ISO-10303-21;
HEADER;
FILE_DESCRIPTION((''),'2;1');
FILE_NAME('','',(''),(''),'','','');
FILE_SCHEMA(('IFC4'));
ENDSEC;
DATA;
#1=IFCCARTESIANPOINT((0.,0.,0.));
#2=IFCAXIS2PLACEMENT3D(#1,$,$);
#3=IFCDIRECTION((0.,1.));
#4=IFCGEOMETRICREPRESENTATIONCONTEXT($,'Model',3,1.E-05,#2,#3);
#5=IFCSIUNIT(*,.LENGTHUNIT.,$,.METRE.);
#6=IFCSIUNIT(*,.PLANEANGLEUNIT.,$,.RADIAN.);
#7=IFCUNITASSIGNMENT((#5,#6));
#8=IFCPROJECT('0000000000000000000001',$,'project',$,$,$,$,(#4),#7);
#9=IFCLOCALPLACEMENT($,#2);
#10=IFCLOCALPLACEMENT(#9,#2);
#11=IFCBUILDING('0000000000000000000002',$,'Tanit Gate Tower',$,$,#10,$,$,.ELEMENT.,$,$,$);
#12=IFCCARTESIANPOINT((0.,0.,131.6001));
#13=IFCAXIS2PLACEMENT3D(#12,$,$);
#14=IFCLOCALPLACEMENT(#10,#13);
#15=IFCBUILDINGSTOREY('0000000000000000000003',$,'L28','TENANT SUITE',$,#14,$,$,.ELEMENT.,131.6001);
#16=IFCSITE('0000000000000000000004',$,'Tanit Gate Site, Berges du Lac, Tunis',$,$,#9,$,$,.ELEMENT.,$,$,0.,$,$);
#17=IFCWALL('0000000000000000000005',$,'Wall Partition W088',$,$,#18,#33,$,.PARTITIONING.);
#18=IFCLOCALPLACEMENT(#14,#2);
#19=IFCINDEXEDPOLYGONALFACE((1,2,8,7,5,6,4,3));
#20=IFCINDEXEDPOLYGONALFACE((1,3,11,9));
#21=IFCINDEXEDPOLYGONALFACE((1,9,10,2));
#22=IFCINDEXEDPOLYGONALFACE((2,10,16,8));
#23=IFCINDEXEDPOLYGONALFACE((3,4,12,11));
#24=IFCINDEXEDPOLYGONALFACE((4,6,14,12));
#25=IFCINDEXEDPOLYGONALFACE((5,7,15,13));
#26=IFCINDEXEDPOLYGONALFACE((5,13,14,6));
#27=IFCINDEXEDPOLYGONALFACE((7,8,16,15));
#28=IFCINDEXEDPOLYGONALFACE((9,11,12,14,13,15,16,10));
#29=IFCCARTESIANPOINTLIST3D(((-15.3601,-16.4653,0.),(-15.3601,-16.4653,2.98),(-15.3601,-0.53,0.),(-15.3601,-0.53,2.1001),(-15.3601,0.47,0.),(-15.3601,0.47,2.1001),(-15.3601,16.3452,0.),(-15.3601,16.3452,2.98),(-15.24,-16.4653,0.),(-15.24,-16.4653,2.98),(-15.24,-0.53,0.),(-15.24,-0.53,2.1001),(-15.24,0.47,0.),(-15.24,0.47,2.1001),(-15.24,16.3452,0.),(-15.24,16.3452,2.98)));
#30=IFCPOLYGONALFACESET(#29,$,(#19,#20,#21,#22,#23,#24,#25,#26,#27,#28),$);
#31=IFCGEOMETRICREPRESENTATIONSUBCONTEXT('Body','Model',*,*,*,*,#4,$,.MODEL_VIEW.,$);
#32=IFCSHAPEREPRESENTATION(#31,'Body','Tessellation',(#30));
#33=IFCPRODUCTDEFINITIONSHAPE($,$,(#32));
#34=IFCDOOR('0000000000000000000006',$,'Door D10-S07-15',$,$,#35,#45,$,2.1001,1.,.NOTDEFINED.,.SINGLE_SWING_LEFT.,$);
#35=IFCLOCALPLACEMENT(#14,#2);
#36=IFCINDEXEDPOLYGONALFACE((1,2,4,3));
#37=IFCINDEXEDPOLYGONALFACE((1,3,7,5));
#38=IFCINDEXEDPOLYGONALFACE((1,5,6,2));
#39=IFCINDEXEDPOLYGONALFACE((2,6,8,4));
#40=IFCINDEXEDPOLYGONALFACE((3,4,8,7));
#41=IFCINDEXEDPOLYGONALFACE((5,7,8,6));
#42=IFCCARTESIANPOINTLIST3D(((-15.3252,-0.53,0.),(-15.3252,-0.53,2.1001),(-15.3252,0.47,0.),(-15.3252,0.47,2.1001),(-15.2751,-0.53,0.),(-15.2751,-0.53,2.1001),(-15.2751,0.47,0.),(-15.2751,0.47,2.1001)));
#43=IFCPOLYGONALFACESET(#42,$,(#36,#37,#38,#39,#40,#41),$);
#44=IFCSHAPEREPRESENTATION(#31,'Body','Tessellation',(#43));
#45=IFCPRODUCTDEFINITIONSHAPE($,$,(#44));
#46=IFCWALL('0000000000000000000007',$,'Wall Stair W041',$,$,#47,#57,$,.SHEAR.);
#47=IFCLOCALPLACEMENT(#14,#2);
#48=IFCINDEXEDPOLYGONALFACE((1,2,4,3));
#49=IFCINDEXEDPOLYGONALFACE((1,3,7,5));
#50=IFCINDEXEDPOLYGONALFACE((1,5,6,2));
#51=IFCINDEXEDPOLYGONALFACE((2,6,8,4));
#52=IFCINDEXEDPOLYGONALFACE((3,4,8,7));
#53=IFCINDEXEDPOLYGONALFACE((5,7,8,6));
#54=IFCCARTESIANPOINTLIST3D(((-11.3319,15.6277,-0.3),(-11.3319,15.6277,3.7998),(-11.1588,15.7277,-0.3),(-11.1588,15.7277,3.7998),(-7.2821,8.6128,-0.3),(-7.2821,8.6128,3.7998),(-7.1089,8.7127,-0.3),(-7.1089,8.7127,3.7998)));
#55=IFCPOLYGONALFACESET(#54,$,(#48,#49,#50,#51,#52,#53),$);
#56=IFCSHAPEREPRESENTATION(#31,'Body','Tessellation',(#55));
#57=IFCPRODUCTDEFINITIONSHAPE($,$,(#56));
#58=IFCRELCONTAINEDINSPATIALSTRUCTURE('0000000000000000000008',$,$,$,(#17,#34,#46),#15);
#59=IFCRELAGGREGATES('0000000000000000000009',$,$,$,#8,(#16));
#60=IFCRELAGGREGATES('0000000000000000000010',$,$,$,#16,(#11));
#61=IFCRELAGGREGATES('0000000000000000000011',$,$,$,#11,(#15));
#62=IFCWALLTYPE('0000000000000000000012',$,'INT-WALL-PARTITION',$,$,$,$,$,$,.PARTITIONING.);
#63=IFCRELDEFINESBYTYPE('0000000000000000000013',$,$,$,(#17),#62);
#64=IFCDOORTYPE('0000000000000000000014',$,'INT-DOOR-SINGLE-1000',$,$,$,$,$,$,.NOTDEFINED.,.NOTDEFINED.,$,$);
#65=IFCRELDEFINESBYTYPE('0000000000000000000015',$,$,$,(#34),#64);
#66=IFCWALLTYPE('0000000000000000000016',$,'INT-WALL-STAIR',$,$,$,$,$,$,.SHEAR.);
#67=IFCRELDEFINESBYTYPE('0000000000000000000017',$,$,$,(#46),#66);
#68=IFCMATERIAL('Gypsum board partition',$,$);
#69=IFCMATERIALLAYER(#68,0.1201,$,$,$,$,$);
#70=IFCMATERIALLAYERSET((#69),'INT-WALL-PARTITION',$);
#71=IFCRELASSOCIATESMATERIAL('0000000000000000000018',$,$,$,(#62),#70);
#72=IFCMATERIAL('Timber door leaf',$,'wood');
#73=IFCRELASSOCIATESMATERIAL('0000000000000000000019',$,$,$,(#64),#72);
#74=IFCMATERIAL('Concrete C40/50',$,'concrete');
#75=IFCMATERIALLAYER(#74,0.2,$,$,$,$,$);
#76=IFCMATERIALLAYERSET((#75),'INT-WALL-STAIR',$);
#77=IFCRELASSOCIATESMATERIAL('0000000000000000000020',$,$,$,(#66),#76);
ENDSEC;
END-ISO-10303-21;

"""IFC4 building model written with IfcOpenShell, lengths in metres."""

from ifc_helpers import new_model, si_unit, direction, frame, frame_2d, origin, place, context, subcontext, project, spatial, rectangle, extrude, material, layer, layer_set, type_object, element, fill, save


model = new_model("IFC4")

# Units and contexts
model_context = context("Model", 3, precision=1e-05, world=origin(), true_north=direction((0.0, 1.0)))
body_context = subcontext(model_context, "Body", "Model", "MODEL_VIEW")
ifc_project = project(units=[si_unit("LENGTHUNIT", "METRE"), si_unit("PLANEANGLEUNIT", "RADIAN")], contexts=[model_context])

# Site, building, storey
site_placement = place(None, origin())
site = spatial("IfcSite", under=ifc_project, at=site_placement, Name="Tanit Gate Site, Berges du Lac, Tunis", CompositionType="ELEMENT", RefElevation=0.0)
building_placement = place(site_placement, origin())
building = spatial("IfcBuilding", under=site, at=building_placement, Name="Tanit Gate Tower", CompositionType="ELEMENT")
storey_placement = place(building_placement, frame((0.0, 0.0, 131.6001)))
storey = spatial("IfcBuildingStorey", under=building, at=storey_placement, Name="L28", Description="TENANT SUITE", CompositionType="ELEMENT", Elevation=131.6001)

# Wall, opening, door
ifc_material_1 = material(Name="Gypsum board partition")
ifc_layer_1 = layer(ifc_material_1, 0.1201)
ifc_layer_set_1 = layer_set([ifc_layer_1], Name="INT-WALL-PARTITION")
wall_type_1 = type_object("IfcWallType", Name="INT-WALL-PARTITION", PredefinedType="PARTITIONING", material=ifc_layer_set_1)
wall_1_placement = place(storey_placement, frame((-15.3, 16.3452, 0.0), z_axis=(0.0, 0.0, 1.0), x_axis=(0.0, -1.0, 0.0)))
wall_1 = element("IfcWall", 1, at=wall_1_placement, inside=storey, type_object=wall_type_1, Name="Wall Partition W088", PredefinedType="PARTITIONING", context=body_context, shape_type="SweptSolid", body=[
    extrude(rectangle(XDim=32.8105, YDim=0.1201, at=frame_2d((16.4053, 0.0))), origin(), (0.0, 0.0, 1.0), 2.98),
])
opening_1_placement = place(wall_1_placement, frame((15.8752, 0.0, 0.0)))
opening_1 = element("IfcOpeningElement", 2, at=opening_1_placement, cuts=wall_1, PredefinedType="OPENING", context=body_context, shape_type="SweptSolid", body=[
    extrude(rectangle(XDim=1.0, YDim=2.1001, at=frame_2d((0.5, 1.05))), frame((0.0, 0.0701, 0.0), z_axis=(0.0, -1.0, 0.0), x_axis=(1.0, 0.0, 0.0)), (0.0, 0.0, 1.0), 0.1401),
])
ifc_material_2 = material(Name="Timber door leaf", Category="wood")
door_type_1 = type_object("IfcDoorType", Name="INT-DOOR-SINGLE-1000", OperationType="NOTDEFINED", PredefinedType="NOTDEFINED", material=ifc_material_2)
door_1_placement = place(opening_1_placement, origin())
door_1 = element("IfcDoor", 3, at=door_1_placement, inside=storey, type_object=door_type_1, Name="Door D10-S07-15", OperationType="SINGLE_SWING_LEFT", OverallHeight=2.1001, OverallWidth=1.0, PredefinedType="NOTDEFINED", context=body_context, shape_type="SweptSolid", body=[
    extrude(rectangle(XDim=1.0, YDim=2.1001, at=frame_2d((0.5, 1.05))), frame((0.0, 0.0249, 0.0), z_axis=(0.0, -1.0, 0.0), x_axis=(1.0, 0.0, 0.0)), (0.0, 0.0, 1.0), 0.05),
])
fill(opening_1, door_1)

# Wall
ifc_material_3 = material(Name="Concrete C40/50", Category="concrete")
ifc_layer_2 = layer(ifc_material_3, 0.2)
ifc_layer_set_2 = layer_set([ifc_layer_2], Name="INT-WALL-STAIR")
wall_type_2 = type_object("IfcWallType", Name="INT-WALL-STAIR", PredefinedType="SHEAR", material=ifc_layer_set_2)
wall_2_placement = place(storey_placement, frame((-11.2454, 15.6777, -0.3), z_axis=(0.0, 0.0, 1.0), x_axis=(0.499977, -0.866039, 0.0)))
element("IfcWall", 4, at=wall_2_placement, inside=storey, type_object=wall_type_2, Name="Wall Stair W041", PredefinedType="SHEAR", context=body_context, shape_type="SweptSolid", body=[
    extrude(rectangle(XDim=8.1001, YDim=0.2, at=frame_2d((4.05, 0.0))), origin(), (0.0, 0.0, 1.0), 4.0999),
])

save(model, "model.ifc")
